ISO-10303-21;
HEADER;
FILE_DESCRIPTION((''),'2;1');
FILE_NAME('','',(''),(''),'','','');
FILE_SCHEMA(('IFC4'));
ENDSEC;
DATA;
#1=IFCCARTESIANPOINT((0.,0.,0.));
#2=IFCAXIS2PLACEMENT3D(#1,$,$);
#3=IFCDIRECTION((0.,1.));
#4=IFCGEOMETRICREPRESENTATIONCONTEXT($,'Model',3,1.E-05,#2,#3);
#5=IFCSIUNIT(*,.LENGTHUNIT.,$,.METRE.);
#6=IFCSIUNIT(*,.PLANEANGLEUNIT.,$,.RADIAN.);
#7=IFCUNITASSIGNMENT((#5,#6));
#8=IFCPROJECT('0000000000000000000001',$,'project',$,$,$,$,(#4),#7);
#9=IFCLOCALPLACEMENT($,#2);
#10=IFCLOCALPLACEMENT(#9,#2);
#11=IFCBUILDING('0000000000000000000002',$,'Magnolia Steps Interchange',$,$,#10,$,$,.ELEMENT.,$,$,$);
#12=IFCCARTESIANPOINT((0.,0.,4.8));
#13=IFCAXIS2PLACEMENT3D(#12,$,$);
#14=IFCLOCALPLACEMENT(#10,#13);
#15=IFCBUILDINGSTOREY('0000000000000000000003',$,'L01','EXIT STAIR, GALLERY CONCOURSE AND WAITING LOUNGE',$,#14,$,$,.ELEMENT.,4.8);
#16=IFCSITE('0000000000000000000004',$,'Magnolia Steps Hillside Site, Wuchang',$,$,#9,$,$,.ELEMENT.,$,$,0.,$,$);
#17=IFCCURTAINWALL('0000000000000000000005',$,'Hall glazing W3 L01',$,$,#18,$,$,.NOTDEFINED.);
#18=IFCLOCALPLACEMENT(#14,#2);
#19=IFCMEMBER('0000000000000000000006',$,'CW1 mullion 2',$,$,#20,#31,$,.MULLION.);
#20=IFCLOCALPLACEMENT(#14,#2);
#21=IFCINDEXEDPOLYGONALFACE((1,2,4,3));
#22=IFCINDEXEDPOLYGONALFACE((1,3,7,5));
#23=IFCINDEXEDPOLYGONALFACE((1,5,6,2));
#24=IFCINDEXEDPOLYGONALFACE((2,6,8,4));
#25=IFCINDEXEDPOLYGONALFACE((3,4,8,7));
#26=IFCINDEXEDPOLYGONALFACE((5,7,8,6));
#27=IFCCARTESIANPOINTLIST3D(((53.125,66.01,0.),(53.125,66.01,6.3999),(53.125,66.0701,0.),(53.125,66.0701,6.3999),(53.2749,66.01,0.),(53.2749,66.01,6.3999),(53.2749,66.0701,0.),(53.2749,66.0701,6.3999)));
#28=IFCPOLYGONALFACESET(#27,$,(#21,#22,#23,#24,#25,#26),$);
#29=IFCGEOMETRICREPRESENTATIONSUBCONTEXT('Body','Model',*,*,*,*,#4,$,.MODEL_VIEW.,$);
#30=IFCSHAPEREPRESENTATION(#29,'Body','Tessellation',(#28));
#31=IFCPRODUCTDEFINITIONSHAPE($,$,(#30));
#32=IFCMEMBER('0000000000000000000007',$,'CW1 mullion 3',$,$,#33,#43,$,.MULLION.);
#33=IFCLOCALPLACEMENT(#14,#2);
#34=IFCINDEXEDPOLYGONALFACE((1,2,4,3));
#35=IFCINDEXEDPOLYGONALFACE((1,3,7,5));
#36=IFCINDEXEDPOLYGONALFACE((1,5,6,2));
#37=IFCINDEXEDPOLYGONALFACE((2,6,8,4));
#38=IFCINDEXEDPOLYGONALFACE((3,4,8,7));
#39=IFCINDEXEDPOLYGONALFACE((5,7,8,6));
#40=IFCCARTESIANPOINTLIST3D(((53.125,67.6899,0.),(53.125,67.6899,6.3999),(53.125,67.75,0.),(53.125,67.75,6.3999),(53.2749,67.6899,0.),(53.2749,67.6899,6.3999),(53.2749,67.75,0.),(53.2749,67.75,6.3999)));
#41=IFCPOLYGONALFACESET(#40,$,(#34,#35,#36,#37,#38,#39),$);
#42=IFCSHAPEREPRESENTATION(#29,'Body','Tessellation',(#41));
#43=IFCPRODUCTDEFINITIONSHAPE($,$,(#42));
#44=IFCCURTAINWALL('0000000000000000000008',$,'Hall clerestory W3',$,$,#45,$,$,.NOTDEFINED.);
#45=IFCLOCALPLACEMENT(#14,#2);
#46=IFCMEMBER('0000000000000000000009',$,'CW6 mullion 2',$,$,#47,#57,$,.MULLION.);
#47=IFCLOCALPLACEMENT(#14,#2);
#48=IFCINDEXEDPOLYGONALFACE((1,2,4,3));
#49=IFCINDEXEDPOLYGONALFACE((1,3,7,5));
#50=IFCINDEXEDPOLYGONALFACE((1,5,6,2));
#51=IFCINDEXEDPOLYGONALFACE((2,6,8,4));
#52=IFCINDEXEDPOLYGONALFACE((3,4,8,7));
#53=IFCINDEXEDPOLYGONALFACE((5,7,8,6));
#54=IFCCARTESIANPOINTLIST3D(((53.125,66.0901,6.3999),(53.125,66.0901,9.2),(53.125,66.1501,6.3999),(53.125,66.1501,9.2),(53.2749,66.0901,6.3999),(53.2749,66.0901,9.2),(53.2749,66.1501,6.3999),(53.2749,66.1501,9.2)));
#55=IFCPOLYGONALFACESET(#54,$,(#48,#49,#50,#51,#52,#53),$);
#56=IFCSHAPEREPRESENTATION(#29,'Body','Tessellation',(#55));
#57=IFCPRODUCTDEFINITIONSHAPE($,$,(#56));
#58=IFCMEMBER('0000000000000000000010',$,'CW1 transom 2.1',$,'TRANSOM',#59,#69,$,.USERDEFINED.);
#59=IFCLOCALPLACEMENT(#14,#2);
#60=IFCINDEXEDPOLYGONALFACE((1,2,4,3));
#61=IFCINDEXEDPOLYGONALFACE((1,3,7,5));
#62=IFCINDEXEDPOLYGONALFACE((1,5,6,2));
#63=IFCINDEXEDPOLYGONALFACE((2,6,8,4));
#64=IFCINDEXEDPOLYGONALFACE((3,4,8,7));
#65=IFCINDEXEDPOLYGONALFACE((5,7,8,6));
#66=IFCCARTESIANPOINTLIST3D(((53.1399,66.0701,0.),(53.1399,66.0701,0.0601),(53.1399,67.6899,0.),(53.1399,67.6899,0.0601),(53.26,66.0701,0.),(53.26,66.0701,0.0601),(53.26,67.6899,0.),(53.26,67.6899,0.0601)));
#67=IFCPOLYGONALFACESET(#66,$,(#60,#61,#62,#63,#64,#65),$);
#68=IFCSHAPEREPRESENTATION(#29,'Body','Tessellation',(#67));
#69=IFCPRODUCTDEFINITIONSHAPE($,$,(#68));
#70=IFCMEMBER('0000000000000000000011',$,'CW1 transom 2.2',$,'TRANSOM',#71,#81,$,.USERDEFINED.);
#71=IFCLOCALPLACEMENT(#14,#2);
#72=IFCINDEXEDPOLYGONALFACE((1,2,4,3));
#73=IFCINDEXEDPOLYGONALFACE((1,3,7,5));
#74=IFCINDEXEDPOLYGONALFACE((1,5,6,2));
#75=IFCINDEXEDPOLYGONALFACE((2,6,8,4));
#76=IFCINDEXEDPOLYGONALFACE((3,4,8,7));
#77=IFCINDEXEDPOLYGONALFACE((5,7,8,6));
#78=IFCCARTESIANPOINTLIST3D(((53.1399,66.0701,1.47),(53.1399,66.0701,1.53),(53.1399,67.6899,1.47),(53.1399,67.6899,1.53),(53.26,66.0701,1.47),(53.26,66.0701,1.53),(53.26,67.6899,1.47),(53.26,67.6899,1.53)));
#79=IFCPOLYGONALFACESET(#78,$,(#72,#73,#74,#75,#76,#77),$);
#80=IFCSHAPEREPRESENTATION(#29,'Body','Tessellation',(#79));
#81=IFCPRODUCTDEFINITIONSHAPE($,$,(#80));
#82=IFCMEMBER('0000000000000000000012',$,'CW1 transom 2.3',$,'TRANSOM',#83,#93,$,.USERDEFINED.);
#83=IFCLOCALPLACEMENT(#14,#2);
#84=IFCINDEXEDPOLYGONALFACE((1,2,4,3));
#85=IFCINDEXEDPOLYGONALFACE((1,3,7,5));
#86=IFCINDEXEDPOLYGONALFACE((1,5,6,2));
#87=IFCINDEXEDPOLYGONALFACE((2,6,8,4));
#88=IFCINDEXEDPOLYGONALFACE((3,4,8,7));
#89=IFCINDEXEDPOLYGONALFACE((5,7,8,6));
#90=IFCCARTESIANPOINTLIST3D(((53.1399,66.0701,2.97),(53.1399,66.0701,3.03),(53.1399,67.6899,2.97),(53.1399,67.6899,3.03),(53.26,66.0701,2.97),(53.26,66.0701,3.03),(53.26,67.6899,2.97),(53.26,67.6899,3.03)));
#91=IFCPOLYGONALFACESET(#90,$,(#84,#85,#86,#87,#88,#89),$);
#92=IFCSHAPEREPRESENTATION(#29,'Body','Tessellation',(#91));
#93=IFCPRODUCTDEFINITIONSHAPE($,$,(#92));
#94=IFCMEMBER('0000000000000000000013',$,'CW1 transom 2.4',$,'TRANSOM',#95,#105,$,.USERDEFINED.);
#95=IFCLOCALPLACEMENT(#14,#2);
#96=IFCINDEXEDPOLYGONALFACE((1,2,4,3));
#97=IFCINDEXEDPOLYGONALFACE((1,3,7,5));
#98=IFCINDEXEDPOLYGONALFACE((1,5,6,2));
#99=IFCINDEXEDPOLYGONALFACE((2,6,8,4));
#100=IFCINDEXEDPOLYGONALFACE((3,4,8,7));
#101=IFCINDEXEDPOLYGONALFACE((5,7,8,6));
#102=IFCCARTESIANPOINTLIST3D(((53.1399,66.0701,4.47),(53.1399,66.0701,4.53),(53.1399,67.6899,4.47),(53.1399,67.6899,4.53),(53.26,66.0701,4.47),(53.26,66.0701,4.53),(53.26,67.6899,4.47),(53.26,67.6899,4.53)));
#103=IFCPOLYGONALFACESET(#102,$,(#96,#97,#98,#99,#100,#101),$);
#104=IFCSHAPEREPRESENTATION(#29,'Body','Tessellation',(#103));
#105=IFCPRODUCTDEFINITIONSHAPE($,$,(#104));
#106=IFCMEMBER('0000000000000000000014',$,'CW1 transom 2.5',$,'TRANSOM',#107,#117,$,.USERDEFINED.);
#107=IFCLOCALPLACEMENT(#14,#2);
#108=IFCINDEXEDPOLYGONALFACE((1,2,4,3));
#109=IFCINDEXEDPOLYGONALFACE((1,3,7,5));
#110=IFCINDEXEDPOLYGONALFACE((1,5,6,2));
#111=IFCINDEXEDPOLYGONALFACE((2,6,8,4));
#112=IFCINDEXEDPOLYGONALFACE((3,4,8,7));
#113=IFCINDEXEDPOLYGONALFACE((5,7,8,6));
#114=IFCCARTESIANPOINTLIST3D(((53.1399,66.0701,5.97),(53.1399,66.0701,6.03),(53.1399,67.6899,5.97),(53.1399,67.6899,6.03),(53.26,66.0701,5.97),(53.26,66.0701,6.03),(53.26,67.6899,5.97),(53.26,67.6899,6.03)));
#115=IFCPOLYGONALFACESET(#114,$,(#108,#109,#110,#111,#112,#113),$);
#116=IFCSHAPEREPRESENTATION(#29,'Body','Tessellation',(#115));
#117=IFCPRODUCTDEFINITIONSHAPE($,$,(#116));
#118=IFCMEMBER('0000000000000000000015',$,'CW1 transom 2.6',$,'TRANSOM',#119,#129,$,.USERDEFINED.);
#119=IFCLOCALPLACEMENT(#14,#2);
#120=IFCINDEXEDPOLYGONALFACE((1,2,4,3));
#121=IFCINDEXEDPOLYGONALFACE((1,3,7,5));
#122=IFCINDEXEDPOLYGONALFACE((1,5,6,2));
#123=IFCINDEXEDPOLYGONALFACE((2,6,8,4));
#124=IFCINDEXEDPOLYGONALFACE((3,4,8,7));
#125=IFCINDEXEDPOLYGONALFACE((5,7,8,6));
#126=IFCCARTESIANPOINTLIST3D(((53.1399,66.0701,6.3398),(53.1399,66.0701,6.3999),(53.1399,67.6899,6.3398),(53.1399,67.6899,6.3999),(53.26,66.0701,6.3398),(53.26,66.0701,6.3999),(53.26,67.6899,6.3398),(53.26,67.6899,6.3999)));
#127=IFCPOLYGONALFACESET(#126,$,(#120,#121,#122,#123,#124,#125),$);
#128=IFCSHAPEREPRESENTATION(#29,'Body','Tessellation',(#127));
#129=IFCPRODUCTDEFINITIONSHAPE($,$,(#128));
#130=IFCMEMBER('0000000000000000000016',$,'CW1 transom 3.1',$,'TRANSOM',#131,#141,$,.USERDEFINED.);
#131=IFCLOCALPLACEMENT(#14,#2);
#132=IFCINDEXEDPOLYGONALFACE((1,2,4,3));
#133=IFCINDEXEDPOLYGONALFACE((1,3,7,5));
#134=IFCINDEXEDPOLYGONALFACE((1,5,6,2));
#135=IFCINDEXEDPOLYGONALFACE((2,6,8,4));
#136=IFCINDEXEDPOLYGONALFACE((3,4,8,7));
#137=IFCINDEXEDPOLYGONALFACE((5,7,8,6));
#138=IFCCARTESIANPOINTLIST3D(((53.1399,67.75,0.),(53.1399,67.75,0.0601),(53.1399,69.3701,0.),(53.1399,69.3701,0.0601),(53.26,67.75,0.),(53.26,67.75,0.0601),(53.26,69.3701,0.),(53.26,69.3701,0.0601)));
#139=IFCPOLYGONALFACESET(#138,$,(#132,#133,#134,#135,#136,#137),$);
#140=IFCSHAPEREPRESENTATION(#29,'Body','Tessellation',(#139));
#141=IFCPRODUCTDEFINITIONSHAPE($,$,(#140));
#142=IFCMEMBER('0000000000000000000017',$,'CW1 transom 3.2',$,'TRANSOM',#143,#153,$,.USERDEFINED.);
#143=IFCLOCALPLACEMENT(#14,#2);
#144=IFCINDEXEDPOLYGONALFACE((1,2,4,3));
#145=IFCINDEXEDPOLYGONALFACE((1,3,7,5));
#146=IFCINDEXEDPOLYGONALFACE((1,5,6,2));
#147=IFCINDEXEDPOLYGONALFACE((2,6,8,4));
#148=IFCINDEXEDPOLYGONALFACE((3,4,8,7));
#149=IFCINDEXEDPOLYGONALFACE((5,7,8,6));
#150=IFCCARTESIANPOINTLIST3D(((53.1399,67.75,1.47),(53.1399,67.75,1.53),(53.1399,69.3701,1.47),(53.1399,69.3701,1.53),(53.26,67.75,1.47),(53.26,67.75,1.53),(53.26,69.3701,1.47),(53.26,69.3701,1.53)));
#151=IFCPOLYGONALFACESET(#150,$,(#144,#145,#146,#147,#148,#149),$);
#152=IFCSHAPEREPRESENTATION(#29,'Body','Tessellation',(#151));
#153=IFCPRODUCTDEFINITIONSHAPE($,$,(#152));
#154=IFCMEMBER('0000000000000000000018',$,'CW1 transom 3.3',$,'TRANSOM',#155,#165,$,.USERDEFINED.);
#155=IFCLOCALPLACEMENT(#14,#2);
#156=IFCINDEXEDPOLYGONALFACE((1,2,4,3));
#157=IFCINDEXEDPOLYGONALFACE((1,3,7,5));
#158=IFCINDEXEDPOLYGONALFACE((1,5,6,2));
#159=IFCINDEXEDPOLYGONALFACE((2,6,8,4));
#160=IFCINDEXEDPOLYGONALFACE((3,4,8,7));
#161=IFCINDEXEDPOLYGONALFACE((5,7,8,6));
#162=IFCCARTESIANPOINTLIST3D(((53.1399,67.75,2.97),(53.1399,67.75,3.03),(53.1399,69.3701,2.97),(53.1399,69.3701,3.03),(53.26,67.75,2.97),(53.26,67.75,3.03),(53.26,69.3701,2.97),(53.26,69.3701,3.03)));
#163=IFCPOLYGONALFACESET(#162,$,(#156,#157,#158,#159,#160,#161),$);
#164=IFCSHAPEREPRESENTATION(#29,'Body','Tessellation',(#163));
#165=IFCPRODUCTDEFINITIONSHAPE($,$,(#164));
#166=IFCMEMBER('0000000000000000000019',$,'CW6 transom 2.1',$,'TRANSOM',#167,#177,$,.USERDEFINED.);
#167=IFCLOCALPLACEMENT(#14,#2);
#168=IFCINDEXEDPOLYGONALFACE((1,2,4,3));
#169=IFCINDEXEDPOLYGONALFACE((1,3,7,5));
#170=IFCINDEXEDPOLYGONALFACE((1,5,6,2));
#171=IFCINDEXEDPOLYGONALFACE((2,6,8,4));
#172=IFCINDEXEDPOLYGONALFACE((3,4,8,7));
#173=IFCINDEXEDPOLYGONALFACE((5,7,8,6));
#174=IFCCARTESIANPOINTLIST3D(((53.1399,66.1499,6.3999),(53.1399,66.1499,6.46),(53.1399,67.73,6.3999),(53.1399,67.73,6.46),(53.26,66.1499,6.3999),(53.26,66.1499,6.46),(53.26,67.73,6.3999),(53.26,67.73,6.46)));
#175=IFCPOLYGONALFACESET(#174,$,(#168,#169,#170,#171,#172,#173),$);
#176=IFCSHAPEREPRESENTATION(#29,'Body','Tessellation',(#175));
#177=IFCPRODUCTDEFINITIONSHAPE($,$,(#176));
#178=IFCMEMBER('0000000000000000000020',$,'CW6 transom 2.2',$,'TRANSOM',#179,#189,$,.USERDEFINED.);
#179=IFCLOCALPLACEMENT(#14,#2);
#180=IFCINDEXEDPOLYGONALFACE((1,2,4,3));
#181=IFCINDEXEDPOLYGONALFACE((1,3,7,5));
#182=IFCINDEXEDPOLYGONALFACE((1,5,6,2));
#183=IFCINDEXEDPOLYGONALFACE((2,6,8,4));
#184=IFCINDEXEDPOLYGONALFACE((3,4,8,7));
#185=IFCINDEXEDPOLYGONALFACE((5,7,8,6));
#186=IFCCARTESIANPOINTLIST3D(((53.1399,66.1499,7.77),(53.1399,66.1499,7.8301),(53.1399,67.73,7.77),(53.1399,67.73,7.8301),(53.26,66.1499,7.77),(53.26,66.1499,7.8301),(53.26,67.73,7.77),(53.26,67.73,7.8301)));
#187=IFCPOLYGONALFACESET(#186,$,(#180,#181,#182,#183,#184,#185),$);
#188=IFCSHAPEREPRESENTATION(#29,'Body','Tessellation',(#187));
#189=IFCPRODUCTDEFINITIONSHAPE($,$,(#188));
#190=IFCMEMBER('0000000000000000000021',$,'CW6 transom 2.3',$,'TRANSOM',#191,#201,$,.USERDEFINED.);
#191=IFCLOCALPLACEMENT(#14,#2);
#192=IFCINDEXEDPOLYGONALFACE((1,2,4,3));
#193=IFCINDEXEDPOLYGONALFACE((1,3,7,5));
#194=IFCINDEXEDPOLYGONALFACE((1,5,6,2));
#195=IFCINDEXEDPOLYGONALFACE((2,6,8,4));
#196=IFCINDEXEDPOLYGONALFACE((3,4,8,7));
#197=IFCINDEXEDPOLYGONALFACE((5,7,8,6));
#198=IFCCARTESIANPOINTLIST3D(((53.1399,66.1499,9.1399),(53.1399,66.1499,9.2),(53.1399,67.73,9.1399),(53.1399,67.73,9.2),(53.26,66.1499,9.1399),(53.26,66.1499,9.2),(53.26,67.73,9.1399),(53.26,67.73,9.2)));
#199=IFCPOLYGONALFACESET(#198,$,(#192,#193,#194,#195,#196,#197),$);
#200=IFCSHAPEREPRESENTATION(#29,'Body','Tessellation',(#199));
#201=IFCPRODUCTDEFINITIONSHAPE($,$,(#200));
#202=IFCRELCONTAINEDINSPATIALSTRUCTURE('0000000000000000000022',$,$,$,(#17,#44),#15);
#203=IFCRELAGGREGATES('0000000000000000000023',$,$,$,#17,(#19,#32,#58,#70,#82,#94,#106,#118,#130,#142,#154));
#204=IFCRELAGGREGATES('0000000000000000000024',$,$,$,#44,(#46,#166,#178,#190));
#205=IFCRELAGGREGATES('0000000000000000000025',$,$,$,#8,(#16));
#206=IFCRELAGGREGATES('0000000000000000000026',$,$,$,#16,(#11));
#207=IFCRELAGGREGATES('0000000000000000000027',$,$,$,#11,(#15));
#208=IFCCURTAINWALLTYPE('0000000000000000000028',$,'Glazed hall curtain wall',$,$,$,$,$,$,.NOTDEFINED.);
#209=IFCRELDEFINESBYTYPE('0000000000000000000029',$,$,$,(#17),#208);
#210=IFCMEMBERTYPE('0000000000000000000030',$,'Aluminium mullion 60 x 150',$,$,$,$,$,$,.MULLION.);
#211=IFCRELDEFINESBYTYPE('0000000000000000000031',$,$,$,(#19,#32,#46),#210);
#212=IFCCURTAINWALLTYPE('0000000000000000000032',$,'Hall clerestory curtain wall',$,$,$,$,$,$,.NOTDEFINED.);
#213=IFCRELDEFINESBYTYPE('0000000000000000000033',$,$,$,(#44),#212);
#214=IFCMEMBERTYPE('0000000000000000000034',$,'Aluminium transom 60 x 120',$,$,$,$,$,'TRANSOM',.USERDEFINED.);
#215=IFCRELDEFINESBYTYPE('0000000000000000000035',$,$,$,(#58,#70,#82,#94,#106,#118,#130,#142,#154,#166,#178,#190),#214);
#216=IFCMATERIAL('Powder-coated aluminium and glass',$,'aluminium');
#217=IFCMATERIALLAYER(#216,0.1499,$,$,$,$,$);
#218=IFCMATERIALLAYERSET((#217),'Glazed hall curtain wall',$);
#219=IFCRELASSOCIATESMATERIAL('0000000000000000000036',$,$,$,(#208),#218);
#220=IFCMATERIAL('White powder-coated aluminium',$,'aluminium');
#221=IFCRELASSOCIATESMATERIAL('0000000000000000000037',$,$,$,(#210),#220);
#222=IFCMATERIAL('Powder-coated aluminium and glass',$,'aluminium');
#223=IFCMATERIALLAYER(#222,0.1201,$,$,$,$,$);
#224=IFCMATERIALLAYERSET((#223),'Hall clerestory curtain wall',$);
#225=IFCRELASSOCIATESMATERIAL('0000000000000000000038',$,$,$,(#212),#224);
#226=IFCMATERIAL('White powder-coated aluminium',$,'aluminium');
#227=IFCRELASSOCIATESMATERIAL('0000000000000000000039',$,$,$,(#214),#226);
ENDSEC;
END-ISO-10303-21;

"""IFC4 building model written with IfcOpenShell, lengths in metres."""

from ifc_helpers import new_model, si_unit, direction, frame, origin, origin_2d, place, context, subcontext, project, spatial, rectangle, extrude, material, layer, layer_set, material_profile, profile_set, type_object, element, aggregate, save


model = new_model("IFC4")

# Units and contexts
model_context = context("Model", 3, precision=1e-05, world=origin(), true_north=direction((0.0, 1.0)))
body_context = subcontext(model_context, "Body", "Model", "MODEL_VIEW")
ifc_project = project(units=[si_unit("LENGTHUNIT", "METRE"), si_unit("PLANEANGLEUNIT", "RADIAN")], contexts=[model_context])

# Site, building, storey
site_placement = place(None, origin())
site = spatial("IfcSite", under=ifc_project, at=site_placement, Name="Magnolia Steps Hillside Site, Wuchang", CompositionType="ELEMENT", RefElevation=0.0)
building_placement = place(site_placement, origin())
building = spatial("IfcBuilding", under=site, at=building_placement, Name="Magnolia Steps Interchange", CompositionType="ELEMENT")
storey_placement = place(building_placement, frame((0.0, 0.0, 4.8)))
storey = spatial("IfcBuildingStorey", under=building, at=storey_placement, Name="L01", Description="EXIT STAIR, GALLERY CONCOURSE AND WAITING LOUNGE", CompositionType="ELEMENT", Elevation=4.8)

# Curtain wall, members
ifc_material_1 = material(Name="Powder-coated aluminium and glass", Category="aluminium")
ifc_layer_1 = layer(ifc_material_1, 0.1499)
ifc_layer_set_1 = layer_set([ifc_layer_1], Name="Glazed hall curtain wall")
curtain_wall_type_1 = type_object("IfcCurtainWallType", Name="Glazed hall curtain wall", PredefinedType="NOTDEFINED", material=ifc_layer_set_1)
curtain_wall_1_placement = place(storey_placement, origin())
curtain_wall_1 = element("IfcCurtainWall", 1, at=curtain_wall_1_placement, inside=storey, type_object=curtain_wall_type_1, Name="Hall glazing W3 L01", PredefinedType="NOTDEFINED")
ifc_material_2 = material(Name="White powder-coated aluminium", Category="aluminium")
ifc_material_profile_1 = material_profile(ifc_material_2, rectangle(XDim=0.0601, YDim=0.1499, at=origin_2d()), Name="Aluminium mullion 60 x 150")
ifc_profile_set_1 = profile_set([ifc_material_profile_1], Name="White powder-coated aluminium")
member_type_1 = type_object("IfcMemberType", Name="Aluminium mullion 60 x 150", PredefinedType="MULLION", material=ifc_profile_set_1)
member_1_placement = place(storey_placement, frame((53.2, 66.04, 0.0), z_axis=(0.0, 0.0, 1.0), x_axis=(0.0, 1.0, 0.0)))
member_1 = element("IfcMember", 2, at=member_1_placement, type_object=member_type_1, Name="CW1 mullion 2", PredefinedType="MULLION", context=body_context, shape_type="SweptSolid", body=[
    extrude(rectangle(XDim=0.0601, YDim=0.1499, at=origin_2d()), origin(), (0.0, 0.0, 1.0), 6.3999),
])
member_2_placement = place(storey_placement, frame((53.2, 67.72, 0.0), z_axis=(0.0, 0.0, 1.0), x_axis=(0.0, 1.0, 0.0)))
member_2 = element("IfcMember", 3, at=member_2_placement, type_object=member_type_1, Name="CW1 mullion 3", PredefinedType="MULLION", context=body_context, shape_type="SweptSolid", body=[
    extrude(rectangle(XDim=0.0601, YDim=0.1499, at=origin_2d()), origin(), (0.0, 0.0, 1.0), 6.3999),
])

# Curtain wall, member
ifc_material_3 = material(Name="Powder-coated aluminium and glass", Category="aluminium")
ifc_layer_2 = layer(ifc_material_3, 0.1201)
ifc_layer_set_2 = layer_set([ifc_layer_2], Name="Hall clerestory curtain wall")
curtain_wall_type_2 = type_object("IfcCurtainWallType", Name="Hall clerestory curtain wall", PredefinedType="NOTDEFINED", material=ifc_layer_set_2)
curtain_wall_2_placement = place(storey_placement, origin())
curtain_wall_2 = element("IfcCurtainWall", 4, at=curtain_wall_2_placement, inside=storey, type_object=curtain_wall_type_2, Name="Hall clerestory W3", PredefinedType="NOTDEFINED")
member_3_placement = place(storey_placement, frame((53.2, 66.1201, 6.3999), z_axis=(0.0, 0.0, 1.0), x_axis=(0.0, 1.0, 0.0)))
member_3 = element("IfcMember", 5, at=member_3_placement, type_object=member_type_1, Name="CW6 mullion 2", PredefinedType="MULLION", context=body_context, shape_type="SweptSolid", body=[
    extrude(rectangle(XDim=0.0601, YDim=0.1499, at=origin_2d()), origin(), (0.0, 0.0, 1.0), 2.8),
])

# Members
ifc_material_4 = material(Name="White powder-coated aluminium", Category="aluminium")
ifc_material_profile_2 = material_profile(ifc_material_4, rectangle(XDim=0.0601, YDim=0.1201, at=origin_2d()), Name="Aluminium transom 60 x 120")
ifc_profile_set_2 = profile_set([ifc_material_profile_2], Name="White powder-coated aluminium")
member_type_2 = type_object("IfcMemberType", Name="Aluminium transom 60 x 120", ElementType="TRANSOM", PredefinedType="USERDEFINED", material=ifc_profile_set_2)
member_4_placement = place(storey_placement, frame((53.2, 66.0701, 0.03), z_axis=(0.0, 1.0, 0.0), x_axis=(0.0, 0.0, 1.0)))
member_4 = element("IfcMember", 6, at=member_4_placement, type_object=member_type_2, Name="CW1 transom 2.1", ObjectType="TRANSOM", PredefinedType="USERDEFINED", context=body_context, shape_type="SweptSolid", body=[
    extrude(rectangle(XDim=0.0601, YDim=0.1201, at=origin_2d()), origin(), (0.0, 0.0, 1.0), 1.6199),
])
member_5_placement = place(storey_placement, frame((53.2, 66.0701, 1.5), z_axis=(0.0, 1.0, 0.0), x_axis=(0.0, 0.0, 1.0)))
member_5 = element("IfcMember", 7, at=member_5_placement, type_object=member_type_2, Name="CW1 transom 2.2", ObjectType="TRANSOM", PredefinedType="USERDEFINED", context=body_context, shape_type="SweptSolid", body=[
    extrude(rectangle(XDim=0.0601, YDim=0.1201, at=origin_2d()), origin(), (0.0, 0.0, 1.0), 1.6199),
])
member_6_placement = place(storey_placement, frame((53.2, 66.0701, 3.0), z_axis=(0.0, 1.0, 0.0), x_axis=(0.0, 0.0, 1.0)))
member_6 = element("IfcMember", 8, at=member_6_placement, type_object=member_type_2, Name="CW1 transom 2.3", ObjectType="TRANSOM", PredefinedType="USERDEFINED", context=body_context, shape_type="SweptSolid", body=[
    extrude(rectangle(XDim=0.0601, YDim=0.1201, at=origin_2d()), origin(), (0.0, 0.0, 1.0), 1.6199),
])
member_7_placement = place(storey_placement, frame((53.2, 66.0701, 4.5), z_axis=(0.0, 1.0, 0.0), x_axis=(0.0, 0.0, 1.0)))
member_7 = element("IfcMember", 9, at=member_7_placement, type_object=member_type_2, Name="CW1 transom 2.4", ObjectType="TRANSOM", PredefinedType="USERDEFINED", context=body_context, shape_type="SweptSolid", body=[
    extrude(rectangle(XDim=0.0601, YDim=0.1201, at=origin_2d()), origin(), (0.0, 0.0, 1.0), 1.6199),
])
member_8_placement = place(storey_placement, frame((53.2, 66.0701, 6.0), z_axis=(0.0, 1.0, 0.0), x_axis=(0.0, 0.0, 1.0)))
member_8 = element("IfcMember", 10, at=member_8_placement, type_object=member_type_2, Name="CW1 transom 2.5", ObjectType="TRANSOM", PredefinedType="USERDEFINED", context=body_context, shape_type="SweptSolid", body=[
    extrude(rectangle(XDim=0.0601, YDim=0.1201, at=origin_2d()), origin(), (0.0, 0.0, 1.0), 1.6199),
])
member_9_placement = place(storey_placement, frame((53.2, 66.0701, 6.3699), z_axis=(0.0, 1.0, 0.0), x_axis=(0.0, 0.0, 1.0)))
member_9 = element("IfcMember", 11, at=member_9_placement, type_object=member_type_2, Name="CW1 transom 2.6", ObjectType="TRANSOM", PredefinedType="USERDEFINED", context=body_context, shape_type="SweptSolid", body=[
    extrude(rectangle(XDim=0.0601, YDim=0.1201, at=origin_2d()), origin(), (0.0, 0.0, 1.0), 1.6199),
])
member_10_placement = place(storey_placement, frame((53.2, 67.75, 0.03), z_axis=(0.0, 1.0, 0.0), x_axis=(0.0, 0.0, 1.0)))
member_10 = element("IfcMember", 12, at=member_10_placement, type_object=member_type_2, Name="CW1 transom 3.1", ObjectType="TRANSOM", PredefinedType="USERDEFINED", context=body_context, shape_type="SweptSolid", body=[
    extrude(rectangle(XDim=0.0601, YDim=0.1201, at=origin_2d()), origin(), (0.0, 0.0, 1.0), 1.6201),
])
member_11_placement = place(storey_placement, frame((53.2, 67.75, 1.5), z_axis=(0.0, 1.0, 0.0), x_axis=(0.0, 0.0, 1.0)))
member_11 = element("IfcMember", 13, at=member_11_placement, type_object=member_type_2, Name="CW1 transom 3.2", ObjectType="TRANSOM", PredefinedType="USERDEFINED", context=body_context, shape_type="SweptSolid", body=[
    extrude(rectangle(XDim=0.0601, YDim=0.1201, at=origin_2d()), origin(), (0.0, 0.0, 1.0), 1.6201),
])
member_12_placement = place(storey_placement, frame((53.2, 67.75, 3.0), z_axis=(0.0, 1.0, 0.0), x_axis=(0.0, 0.0, 1.0)))
member_12 = element("IfcMember", 14, at=member_12_placement, type_object=member_type_2, Name="CW1 transom 3.3", ObjectType="TRANSOM", PredefinedType="USERDEFINED", context=body_context, shape_type="SweptSolid", body=[
    extrude(rectangle(XDim=0.0601, YDim=0.1201, at=origin_2d()), origin(), (0.0, 0.0, 1.0), 1.6201),
])
member_13_placement = place(storey_placement, frame((53.2, 66.1499, 6.4299), z_axis=(0.0, 1.0, 0.0), x_axis=(0.0, 0.0, 1.0)))
member_13 = element("IfcMember", 15, at=member_13_placement, type_object=member_type_2, Name="CW6 transom 2.1", ObjectType="TRANSOM", PredefinedType="USERDEFINED", context=body_context, shape_type="SweptSolid", body=[
    extrude(rectangle(XDim=0.0601, YDim=0.1201, at=origin_2d()), origin(), (0.0, 0.0, 1.0), 1.5801),
])
member_14_placement = place(storey_placement, frame((53.2, 66.1499, 7.8), z_axis=(0.0, 1.0, 0.0), x_axis=(0.0, 0.0, 1.0)))
member_14 = element("IfcMember", 16, at=member_14_placement, type_object=member_type_2, Name="CW6 transom 2.2", ObjectType="TRANSOM", PredefinedType="USERDEFINED", context=body_context, shape_type="SweptSolid", body=[
    extrude(rectangle(XDim=0.0601, YDim=0.1201, at=origin_2d()), origin(), (0.0, 0.0, 1.0), 1.5801),
])
member_15_placement = place(storey_placement, frame((53.2, 66.1499, 9.1699), z_axis=(0.0, 1.0, 0.0), x_axis=(0.0, 0.0, 1.0)))
member_15 = element("IfcMember", 17, at=member_15_placement, type_object=member_type_2, Name="CW6 transom 2.3", ObjectType="TRANSOM", PredefinedType="USERDEFINED", context=body_context, shape_type="SweptSolid", body=[
    extrude(rectangle(XDim=0.0601, YDim=0.1201, at=origin_2d()), origin(), (0.0, 0.0, 1.0), 1.5801),
])

aggregate(curtain_wall_1, [member_1, member_2, member_4, member_5, member_6, member_7, member_8, member_9, member_10, member_11, member_12])
aggregate(curtain_wall_2, [member_3, member_13, member_14, member_15])

save(model, "model.ifc")
